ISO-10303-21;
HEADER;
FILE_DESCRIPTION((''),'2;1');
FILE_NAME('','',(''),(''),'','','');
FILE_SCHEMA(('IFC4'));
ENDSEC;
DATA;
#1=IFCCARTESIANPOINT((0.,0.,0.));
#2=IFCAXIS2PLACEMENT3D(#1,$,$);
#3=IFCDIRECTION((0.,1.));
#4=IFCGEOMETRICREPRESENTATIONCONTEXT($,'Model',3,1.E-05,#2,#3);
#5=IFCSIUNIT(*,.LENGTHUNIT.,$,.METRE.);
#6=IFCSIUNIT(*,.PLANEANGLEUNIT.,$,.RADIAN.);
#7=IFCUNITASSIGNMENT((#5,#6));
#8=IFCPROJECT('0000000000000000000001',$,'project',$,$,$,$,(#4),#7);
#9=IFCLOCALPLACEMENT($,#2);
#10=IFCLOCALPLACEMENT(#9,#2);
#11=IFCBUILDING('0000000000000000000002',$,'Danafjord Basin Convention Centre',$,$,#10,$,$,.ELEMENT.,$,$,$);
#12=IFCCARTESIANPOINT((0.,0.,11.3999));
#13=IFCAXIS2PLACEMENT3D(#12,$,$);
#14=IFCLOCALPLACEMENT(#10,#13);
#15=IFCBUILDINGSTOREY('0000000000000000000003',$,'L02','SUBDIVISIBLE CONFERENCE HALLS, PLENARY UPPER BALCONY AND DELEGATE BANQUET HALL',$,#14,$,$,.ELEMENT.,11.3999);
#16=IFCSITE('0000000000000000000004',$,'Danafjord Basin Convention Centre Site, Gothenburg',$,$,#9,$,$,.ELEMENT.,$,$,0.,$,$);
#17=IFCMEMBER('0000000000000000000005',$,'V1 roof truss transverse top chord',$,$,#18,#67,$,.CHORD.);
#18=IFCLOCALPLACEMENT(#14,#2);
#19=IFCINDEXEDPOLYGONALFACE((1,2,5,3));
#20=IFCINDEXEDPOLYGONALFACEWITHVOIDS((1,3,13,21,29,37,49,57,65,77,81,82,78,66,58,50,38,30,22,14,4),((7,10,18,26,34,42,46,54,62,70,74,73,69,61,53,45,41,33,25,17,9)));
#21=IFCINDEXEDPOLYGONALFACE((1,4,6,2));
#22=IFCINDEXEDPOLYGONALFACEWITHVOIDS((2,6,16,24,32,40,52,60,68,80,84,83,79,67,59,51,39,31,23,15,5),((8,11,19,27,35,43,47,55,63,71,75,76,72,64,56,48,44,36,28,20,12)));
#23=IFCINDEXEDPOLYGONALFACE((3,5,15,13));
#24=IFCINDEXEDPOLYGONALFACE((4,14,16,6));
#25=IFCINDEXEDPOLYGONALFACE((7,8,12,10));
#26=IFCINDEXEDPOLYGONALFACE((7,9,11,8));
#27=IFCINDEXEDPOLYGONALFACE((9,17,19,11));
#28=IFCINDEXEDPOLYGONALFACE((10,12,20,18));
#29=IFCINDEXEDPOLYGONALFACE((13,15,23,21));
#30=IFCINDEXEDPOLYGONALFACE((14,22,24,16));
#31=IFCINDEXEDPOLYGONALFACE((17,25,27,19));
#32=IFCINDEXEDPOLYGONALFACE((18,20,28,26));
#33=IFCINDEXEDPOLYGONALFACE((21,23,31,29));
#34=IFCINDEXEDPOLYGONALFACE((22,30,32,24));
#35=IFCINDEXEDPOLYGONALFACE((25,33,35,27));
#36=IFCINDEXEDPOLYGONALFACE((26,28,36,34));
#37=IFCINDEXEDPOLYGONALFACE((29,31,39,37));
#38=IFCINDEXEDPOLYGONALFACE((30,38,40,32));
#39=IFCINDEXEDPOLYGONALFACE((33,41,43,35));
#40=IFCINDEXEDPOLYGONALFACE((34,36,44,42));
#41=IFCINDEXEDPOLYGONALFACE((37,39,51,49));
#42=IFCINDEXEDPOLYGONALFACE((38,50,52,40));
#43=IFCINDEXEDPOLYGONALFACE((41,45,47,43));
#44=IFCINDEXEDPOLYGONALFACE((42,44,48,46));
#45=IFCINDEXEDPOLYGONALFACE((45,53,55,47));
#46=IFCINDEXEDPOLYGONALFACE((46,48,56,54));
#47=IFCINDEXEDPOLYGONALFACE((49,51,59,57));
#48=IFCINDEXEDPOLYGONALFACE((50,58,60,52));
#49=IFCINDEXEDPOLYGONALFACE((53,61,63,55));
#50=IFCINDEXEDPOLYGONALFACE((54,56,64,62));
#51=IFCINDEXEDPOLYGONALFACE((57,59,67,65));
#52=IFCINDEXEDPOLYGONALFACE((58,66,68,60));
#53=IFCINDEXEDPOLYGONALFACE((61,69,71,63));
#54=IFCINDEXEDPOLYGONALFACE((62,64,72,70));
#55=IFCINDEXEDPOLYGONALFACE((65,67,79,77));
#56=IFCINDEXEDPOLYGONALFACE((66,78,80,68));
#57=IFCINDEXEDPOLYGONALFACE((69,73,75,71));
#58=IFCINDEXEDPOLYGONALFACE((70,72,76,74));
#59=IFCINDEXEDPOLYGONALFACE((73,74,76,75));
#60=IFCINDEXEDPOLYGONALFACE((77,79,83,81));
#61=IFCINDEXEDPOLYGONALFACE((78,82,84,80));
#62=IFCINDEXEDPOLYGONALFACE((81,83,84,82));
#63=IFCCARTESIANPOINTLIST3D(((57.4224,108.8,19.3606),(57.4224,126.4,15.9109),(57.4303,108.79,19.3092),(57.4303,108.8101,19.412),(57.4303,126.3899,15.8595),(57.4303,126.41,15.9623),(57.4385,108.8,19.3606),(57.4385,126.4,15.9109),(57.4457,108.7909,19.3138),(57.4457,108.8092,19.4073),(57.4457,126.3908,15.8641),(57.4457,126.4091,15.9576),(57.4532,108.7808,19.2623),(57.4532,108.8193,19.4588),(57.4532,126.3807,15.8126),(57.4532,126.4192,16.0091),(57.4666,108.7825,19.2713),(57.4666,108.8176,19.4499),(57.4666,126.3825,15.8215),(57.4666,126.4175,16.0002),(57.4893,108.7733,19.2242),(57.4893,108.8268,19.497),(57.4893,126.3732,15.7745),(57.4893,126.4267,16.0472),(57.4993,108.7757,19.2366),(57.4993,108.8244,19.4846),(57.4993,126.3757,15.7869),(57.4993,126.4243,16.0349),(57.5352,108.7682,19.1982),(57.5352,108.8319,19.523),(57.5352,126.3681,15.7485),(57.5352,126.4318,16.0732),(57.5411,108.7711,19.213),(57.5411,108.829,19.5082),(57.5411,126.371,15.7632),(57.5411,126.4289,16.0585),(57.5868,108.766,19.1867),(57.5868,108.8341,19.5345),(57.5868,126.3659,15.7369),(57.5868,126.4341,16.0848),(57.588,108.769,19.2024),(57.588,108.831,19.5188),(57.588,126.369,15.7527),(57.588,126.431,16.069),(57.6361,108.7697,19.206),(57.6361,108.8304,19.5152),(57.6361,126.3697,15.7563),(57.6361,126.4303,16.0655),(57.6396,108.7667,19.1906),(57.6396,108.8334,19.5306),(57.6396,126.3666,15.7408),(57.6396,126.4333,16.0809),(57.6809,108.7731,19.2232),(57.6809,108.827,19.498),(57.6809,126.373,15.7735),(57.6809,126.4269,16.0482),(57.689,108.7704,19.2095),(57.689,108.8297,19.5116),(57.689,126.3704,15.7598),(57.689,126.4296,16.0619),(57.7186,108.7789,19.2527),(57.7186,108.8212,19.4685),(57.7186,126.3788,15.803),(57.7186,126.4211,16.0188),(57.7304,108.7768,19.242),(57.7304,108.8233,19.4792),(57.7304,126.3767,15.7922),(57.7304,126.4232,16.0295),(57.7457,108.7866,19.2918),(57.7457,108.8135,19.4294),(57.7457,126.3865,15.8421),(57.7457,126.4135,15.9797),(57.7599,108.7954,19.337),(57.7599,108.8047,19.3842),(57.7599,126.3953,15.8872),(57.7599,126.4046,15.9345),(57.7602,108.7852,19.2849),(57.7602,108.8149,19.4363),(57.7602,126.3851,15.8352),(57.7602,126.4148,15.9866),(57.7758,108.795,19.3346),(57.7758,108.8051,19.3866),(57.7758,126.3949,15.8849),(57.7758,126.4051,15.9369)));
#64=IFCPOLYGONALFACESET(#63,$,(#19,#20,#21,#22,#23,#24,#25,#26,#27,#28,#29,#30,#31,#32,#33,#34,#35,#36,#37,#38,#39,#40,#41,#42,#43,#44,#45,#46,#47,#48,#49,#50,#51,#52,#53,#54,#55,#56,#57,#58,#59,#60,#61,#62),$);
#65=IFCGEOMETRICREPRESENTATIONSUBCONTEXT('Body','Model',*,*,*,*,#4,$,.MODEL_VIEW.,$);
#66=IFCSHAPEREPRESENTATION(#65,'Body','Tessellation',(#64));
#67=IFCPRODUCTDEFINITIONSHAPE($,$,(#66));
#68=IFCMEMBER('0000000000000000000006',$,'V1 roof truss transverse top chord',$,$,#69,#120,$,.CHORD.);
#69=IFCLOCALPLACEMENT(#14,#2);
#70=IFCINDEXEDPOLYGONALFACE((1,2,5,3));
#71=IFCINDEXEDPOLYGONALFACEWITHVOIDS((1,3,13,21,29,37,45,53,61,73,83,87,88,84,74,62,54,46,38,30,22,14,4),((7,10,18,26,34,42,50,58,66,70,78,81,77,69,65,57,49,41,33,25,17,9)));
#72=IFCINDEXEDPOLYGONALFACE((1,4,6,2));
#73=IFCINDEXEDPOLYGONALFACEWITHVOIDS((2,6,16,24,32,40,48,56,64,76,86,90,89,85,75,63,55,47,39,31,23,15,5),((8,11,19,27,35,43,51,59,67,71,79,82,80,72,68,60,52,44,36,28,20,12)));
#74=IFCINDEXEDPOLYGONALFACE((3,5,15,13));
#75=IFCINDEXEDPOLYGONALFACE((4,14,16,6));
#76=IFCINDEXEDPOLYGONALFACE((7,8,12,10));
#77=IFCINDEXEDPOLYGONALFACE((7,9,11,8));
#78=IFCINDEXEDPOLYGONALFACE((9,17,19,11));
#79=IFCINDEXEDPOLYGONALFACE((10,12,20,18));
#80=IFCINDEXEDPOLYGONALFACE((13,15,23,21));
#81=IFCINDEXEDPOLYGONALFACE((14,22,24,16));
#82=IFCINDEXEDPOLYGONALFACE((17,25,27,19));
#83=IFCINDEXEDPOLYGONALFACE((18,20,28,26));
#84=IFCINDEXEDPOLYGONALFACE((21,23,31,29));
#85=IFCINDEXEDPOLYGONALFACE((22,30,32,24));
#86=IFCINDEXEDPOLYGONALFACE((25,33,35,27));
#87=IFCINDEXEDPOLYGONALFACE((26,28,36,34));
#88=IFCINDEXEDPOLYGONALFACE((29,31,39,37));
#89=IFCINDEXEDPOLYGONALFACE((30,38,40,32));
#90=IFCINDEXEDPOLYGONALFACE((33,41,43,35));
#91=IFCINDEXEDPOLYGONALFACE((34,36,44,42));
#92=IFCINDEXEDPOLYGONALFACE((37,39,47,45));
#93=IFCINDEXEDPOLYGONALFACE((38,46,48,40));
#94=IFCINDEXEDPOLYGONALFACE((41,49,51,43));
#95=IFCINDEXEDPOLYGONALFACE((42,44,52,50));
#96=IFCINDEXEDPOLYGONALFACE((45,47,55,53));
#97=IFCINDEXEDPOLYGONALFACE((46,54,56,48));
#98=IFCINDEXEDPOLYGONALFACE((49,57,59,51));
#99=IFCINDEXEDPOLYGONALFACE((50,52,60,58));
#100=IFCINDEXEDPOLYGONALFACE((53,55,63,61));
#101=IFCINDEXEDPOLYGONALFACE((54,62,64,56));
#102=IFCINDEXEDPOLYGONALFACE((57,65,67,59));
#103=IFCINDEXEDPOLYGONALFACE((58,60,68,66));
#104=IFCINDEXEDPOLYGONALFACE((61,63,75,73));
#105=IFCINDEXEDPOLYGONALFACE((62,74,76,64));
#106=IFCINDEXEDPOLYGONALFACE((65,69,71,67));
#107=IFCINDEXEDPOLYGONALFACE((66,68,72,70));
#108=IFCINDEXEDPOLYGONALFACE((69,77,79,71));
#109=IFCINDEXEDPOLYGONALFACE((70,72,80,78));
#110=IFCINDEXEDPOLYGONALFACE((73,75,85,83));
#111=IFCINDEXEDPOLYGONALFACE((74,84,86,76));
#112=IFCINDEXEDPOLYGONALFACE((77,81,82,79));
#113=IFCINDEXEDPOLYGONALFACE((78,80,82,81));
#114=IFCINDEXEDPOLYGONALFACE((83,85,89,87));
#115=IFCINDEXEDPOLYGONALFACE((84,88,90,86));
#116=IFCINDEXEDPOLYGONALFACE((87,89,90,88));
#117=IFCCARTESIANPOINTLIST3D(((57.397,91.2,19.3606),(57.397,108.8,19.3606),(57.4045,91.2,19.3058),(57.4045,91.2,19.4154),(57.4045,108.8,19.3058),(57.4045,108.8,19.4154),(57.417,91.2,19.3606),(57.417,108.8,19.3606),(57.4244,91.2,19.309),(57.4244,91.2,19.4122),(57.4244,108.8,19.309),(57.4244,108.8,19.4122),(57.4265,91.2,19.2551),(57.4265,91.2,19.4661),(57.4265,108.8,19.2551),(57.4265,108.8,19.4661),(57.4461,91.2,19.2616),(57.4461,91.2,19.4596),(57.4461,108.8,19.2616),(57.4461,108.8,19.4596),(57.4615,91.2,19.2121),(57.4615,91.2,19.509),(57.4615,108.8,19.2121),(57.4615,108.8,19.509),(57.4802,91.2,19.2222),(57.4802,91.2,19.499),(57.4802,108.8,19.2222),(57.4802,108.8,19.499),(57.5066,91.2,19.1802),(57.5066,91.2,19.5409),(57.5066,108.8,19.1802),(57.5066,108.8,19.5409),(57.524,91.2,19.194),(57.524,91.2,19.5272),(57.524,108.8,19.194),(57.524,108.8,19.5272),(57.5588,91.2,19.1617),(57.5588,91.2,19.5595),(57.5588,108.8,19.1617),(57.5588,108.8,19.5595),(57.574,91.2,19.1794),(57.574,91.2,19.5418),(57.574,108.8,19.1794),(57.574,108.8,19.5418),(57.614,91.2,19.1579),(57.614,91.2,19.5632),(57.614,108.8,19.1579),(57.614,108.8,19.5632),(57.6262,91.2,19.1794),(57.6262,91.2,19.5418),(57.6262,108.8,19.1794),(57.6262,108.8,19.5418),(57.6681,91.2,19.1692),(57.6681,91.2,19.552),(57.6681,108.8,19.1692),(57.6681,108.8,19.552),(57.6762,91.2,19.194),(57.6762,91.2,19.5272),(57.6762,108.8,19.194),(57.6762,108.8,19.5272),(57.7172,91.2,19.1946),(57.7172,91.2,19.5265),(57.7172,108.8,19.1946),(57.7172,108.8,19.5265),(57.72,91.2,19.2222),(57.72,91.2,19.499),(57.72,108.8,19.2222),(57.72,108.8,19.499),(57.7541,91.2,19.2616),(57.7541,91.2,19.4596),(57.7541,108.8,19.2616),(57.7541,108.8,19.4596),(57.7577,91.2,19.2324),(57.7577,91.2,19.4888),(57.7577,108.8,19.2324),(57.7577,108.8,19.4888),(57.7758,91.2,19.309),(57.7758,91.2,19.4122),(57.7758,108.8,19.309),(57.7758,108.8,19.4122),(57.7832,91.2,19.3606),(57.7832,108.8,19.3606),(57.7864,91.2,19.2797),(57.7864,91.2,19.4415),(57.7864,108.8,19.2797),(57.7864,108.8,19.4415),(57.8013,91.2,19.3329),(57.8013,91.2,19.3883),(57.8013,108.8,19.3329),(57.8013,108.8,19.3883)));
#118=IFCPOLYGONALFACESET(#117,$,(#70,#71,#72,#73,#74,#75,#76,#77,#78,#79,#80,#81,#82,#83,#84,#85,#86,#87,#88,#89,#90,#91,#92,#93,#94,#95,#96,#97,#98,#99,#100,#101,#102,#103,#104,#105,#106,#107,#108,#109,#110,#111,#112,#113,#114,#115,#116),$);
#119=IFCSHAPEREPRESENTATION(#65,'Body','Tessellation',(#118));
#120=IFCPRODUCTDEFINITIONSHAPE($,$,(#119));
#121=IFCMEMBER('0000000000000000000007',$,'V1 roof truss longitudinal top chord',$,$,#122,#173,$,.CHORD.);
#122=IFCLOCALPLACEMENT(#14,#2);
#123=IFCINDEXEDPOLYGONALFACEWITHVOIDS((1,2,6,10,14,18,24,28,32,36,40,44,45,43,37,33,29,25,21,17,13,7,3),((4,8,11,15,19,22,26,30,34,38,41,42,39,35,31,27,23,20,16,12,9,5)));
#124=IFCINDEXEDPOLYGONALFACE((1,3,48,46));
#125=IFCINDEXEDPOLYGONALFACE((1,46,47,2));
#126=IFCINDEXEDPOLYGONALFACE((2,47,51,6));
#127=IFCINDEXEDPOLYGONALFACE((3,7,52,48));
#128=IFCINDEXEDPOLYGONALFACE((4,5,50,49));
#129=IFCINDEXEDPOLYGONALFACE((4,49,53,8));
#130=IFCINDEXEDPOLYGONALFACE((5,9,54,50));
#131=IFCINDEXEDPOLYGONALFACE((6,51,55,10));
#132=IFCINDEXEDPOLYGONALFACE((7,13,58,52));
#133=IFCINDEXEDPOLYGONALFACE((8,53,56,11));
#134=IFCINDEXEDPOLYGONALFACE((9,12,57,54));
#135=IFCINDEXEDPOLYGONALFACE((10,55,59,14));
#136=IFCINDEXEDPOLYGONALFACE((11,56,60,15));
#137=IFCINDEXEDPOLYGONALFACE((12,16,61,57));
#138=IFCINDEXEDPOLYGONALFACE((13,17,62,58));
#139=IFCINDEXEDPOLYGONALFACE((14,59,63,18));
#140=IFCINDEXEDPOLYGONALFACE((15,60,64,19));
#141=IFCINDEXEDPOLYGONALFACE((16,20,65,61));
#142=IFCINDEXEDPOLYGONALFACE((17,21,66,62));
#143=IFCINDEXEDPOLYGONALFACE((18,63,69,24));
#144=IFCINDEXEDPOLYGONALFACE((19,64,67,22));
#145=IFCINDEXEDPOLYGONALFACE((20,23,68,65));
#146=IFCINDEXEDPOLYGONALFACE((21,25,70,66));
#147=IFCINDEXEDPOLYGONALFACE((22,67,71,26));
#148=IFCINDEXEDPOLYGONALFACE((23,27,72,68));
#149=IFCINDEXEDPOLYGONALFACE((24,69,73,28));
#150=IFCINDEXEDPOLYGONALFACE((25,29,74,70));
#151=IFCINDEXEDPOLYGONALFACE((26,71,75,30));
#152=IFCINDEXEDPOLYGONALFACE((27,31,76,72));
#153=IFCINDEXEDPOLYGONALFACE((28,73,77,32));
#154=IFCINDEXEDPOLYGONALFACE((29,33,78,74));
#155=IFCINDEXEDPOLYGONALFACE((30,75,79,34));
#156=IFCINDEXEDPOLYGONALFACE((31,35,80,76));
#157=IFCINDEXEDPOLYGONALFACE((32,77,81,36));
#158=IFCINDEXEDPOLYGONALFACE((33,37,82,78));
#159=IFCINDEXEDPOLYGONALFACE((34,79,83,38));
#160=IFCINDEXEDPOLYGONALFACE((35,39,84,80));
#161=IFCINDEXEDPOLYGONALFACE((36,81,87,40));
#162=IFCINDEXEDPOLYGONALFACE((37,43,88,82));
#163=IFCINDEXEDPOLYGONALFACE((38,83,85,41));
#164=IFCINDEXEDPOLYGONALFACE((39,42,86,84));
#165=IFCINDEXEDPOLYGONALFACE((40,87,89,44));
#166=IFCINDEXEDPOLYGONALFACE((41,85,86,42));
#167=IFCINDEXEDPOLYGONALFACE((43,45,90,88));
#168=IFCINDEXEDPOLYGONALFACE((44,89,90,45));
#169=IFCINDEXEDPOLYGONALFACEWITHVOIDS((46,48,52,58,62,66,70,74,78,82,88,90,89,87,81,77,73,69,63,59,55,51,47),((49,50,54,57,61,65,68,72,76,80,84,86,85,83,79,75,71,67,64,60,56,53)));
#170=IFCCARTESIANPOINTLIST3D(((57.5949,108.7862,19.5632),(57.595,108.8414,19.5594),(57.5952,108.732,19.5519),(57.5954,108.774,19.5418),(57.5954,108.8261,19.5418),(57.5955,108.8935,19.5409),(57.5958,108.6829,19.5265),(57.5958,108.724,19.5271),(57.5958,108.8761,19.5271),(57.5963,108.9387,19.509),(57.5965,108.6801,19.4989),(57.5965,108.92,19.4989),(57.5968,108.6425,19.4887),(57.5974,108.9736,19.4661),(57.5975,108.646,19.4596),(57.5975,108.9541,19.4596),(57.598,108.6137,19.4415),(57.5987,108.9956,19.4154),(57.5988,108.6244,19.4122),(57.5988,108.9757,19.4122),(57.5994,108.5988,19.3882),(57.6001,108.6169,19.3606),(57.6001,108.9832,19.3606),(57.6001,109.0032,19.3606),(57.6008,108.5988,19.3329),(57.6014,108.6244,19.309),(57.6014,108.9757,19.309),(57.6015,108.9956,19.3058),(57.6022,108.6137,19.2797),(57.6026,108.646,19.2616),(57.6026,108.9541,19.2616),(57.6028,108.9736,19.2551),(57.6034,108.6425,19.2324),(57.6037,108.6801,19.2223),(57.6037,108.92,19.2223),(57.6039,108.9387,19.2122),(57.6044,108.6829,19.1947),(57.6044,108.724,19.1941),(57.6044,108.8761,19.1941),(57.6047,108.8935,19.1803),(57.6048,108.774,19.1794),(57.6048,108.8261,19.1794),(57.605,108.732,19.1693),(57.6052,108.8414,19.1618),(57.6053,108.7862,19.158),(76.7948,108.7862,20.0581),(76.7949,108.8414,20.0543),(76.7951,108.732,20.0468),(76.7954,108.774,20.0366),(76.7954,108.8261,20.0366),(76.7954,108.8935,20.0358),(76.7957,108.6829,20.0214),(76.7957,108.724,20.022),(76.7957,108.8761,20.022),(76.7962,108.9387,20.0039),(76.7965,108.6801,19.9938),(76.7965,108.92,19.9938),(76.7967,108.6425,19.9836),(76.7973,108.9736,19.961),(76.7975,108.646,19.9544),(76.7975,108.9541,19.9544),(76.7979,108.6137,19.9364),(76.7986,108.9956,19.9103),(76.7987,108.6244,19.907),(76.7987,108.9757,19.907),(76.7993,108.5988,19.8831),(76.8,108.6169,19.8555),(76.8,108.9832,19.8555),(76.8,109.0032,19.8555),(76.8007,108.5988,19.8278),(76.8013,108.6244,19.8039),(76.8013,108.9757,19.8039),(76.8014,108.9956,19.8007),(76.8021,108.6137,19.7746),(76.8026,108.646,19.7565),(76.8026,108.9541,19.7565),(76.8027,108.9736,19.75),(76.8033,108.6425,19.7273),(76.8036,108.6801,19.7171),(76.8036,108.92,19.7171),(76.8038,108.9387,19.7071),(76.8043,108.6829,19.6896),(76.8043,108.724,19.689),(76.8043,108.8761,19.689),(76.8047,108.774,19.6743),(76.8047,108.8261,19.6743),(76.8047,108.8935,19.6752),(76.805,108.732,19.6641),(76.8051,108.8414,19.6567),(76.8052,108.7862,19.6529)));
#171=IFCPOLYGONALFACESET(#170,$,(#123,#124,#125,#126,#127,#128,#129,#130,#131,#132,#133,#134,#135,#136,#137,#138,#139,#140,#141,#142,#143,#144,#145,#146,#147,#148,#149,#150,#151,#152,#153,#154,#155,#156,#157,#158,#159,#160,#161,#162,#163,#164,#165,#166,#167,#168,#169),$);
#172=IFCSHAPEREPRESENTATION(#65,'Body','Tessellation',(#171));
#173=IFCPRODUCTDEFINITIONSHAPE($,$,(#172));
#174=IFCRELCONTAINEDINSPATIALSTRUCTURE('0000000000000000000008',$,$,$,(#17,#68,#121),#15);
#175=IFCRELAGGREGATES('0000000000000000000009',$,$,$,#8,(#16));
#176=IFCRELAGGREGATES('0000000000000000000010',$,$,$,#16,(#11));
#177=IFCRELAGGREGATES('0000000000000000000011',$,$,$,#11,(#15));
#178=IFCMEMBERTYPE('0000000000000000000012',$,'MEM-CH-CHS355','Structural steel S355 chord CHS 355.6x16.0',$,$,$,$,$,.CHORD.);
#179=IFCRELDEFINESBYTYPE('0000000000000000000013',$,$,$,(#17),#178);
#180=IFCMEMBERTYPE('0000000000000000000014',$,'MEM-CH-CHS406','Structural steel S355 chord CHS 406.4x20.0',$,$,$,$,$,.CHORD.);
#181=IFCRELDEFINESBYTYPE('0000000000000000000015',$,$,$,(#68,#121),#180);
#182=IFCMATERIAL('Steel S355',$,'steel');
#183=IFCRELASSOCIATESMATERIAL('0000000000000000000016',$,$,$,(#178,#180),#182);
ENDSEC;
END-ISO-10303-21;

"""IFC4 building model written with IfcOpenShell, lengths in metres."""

from ifc_helpers import new_model, si_unit, direction, frame, origin, origin_2d, place, context, subcontext, project, spatial, hollow_circle, extrude, material, material_profile, profile_set, type_object, element, save


model = new_model("IFC4")

# Units and contexts
model_context = context("Model", 3, precision=1e-05, world=origin(), true_north=direction((0.0, 1.0)))
body_context = subcontext(model_context, "Body", "Model", "MODEL_VIEW")
ifc_project = project(units=[si_unit("LENGTHUNIT", "METRE"), si_unit("PLANEANGLEUNIT", "RADIAN")], contexts=[model_context])

# Site, building, storey
site_placement = place(None, origin())
site = spatial("IfcSite", under=ifc_project, at=site_placement, Name="Danafjord Basin Convention Centre Site, Gothenburg", CompositionType="ELEMENT", RefElevation=0.0)
building_placement = place(site_placement, origin())
building = spatial("IfcBuilding", under=site, at=building_placement, Name="Danafjord Basin Convention Centre", CompositionType="ELEMENT")
storey_placement = place(building_placement, frame((0.0, 0.0, 11.3999)))
storey = spatial("IfcBuildingStorey", under=building, at=storey_placement, Name="L02", Description="SUBDIVISIBLE CONFERENCE HALLS, PLENARY UPPER BALCONY AND DELEGATE BANQUET HALL", CompositionType="ELEMENT", Elevation=11.3999)

# Members
ifc_material = material(Name="Steel S355", Category="steel")
ifc_material_profile_1 = material_profile(ifc_material, hollow_circle(Radius=0.1777, WallThickness=0.0161, at=origin_2d()), Name="CHS 355.6x16.0")
ifc_profile_set_1 = profile_set([ifc_material_profile_1], Name="Steel S355")
member_type_1 = type_object("IfcMemberType", Name="MEM-CH-CHS355", Description="Structural steel S355 chord CHS 355.6x16.0", PredefinedType="CHORD", material=ifc_profile_set_1)
member_1_placement = place(storey_placement, frame((57.6001, 108.8, 19.3606), z_axis=(0.0, 0.981327, -0.192348), x_axis=(-1.0, 0.0, 0.0)))
element("IfcMember", 1, at=member_1_placement, inside=storey, type_object=member_type_1, Name="V1 roof truss transverse top chord", PredefinedType="CHORD", context=body_context, shape_type="SweptSolid", body=[
    extrude(hollow_circle(Radius=0.1777, WallThickness=0.0161, at=origin_2d()), origin(), (0.0, 0.0, 1.0), 17.9348),
])
ifc_material_profile_2 = material_profile(ifc_material, hollow_circle(Radius=0.2031, WallThickness=0.02, at=origin_2d()), Name="CHS 406.4x20.0")
ifc_profile_set_2 = profile_set([ifc_material_profile_2], Name="Steel S355")
member_type_2 = type_object("IfcMemberType", Name="MEM-CH-CHS406", Description="Structural steel S355 chord CHS 406.4x20.0", PredefinedType="CHORD", material=ifc_profile_set_2)
member_2_placement = place(storey_placement, frame((57.6001, 91.2, 19.3606), z_axis=(0.0, 1.0, 0.0), x_axis=(-1.0, 0.0, 0.0)))
element("IfcMember", 2, at=member_2_placement, inside=storey, type_object=member_type_2, Name="V1 roof truss transverse top chord", PredefinedType="CHORD", context=body_context, shape_type="SweptSolid", body=[
    extrude(hollow_circle(Radius=0.2031, WallThickness=0.02, at=origin_2d()), origin(), (0.0, 0.0, 1.0), 17.6001),
])
member_3_placement = place(storey_placement, frame((57.6001, 108.8, 19.3606), z_axis=(0.999668, 0.0, 0.025766), x_axis=(0.0, 1.0, 0.0)))
element("IfcMember", 3, at=member_3_placement, inside=storey, type_object=member_type_2, Name="V1 roof truss longitudinal top chord", PredefinedType="CHORD", context=body_context, shape_type="SweptSolid", body=[
    extrude(hollow_circle(Radius=0.2031, WallThickness=0.02, at=origin_2d()), origin(), (0.0, 0.0, 1.0), 19.2063),
])

save(model, "model.ifc")
